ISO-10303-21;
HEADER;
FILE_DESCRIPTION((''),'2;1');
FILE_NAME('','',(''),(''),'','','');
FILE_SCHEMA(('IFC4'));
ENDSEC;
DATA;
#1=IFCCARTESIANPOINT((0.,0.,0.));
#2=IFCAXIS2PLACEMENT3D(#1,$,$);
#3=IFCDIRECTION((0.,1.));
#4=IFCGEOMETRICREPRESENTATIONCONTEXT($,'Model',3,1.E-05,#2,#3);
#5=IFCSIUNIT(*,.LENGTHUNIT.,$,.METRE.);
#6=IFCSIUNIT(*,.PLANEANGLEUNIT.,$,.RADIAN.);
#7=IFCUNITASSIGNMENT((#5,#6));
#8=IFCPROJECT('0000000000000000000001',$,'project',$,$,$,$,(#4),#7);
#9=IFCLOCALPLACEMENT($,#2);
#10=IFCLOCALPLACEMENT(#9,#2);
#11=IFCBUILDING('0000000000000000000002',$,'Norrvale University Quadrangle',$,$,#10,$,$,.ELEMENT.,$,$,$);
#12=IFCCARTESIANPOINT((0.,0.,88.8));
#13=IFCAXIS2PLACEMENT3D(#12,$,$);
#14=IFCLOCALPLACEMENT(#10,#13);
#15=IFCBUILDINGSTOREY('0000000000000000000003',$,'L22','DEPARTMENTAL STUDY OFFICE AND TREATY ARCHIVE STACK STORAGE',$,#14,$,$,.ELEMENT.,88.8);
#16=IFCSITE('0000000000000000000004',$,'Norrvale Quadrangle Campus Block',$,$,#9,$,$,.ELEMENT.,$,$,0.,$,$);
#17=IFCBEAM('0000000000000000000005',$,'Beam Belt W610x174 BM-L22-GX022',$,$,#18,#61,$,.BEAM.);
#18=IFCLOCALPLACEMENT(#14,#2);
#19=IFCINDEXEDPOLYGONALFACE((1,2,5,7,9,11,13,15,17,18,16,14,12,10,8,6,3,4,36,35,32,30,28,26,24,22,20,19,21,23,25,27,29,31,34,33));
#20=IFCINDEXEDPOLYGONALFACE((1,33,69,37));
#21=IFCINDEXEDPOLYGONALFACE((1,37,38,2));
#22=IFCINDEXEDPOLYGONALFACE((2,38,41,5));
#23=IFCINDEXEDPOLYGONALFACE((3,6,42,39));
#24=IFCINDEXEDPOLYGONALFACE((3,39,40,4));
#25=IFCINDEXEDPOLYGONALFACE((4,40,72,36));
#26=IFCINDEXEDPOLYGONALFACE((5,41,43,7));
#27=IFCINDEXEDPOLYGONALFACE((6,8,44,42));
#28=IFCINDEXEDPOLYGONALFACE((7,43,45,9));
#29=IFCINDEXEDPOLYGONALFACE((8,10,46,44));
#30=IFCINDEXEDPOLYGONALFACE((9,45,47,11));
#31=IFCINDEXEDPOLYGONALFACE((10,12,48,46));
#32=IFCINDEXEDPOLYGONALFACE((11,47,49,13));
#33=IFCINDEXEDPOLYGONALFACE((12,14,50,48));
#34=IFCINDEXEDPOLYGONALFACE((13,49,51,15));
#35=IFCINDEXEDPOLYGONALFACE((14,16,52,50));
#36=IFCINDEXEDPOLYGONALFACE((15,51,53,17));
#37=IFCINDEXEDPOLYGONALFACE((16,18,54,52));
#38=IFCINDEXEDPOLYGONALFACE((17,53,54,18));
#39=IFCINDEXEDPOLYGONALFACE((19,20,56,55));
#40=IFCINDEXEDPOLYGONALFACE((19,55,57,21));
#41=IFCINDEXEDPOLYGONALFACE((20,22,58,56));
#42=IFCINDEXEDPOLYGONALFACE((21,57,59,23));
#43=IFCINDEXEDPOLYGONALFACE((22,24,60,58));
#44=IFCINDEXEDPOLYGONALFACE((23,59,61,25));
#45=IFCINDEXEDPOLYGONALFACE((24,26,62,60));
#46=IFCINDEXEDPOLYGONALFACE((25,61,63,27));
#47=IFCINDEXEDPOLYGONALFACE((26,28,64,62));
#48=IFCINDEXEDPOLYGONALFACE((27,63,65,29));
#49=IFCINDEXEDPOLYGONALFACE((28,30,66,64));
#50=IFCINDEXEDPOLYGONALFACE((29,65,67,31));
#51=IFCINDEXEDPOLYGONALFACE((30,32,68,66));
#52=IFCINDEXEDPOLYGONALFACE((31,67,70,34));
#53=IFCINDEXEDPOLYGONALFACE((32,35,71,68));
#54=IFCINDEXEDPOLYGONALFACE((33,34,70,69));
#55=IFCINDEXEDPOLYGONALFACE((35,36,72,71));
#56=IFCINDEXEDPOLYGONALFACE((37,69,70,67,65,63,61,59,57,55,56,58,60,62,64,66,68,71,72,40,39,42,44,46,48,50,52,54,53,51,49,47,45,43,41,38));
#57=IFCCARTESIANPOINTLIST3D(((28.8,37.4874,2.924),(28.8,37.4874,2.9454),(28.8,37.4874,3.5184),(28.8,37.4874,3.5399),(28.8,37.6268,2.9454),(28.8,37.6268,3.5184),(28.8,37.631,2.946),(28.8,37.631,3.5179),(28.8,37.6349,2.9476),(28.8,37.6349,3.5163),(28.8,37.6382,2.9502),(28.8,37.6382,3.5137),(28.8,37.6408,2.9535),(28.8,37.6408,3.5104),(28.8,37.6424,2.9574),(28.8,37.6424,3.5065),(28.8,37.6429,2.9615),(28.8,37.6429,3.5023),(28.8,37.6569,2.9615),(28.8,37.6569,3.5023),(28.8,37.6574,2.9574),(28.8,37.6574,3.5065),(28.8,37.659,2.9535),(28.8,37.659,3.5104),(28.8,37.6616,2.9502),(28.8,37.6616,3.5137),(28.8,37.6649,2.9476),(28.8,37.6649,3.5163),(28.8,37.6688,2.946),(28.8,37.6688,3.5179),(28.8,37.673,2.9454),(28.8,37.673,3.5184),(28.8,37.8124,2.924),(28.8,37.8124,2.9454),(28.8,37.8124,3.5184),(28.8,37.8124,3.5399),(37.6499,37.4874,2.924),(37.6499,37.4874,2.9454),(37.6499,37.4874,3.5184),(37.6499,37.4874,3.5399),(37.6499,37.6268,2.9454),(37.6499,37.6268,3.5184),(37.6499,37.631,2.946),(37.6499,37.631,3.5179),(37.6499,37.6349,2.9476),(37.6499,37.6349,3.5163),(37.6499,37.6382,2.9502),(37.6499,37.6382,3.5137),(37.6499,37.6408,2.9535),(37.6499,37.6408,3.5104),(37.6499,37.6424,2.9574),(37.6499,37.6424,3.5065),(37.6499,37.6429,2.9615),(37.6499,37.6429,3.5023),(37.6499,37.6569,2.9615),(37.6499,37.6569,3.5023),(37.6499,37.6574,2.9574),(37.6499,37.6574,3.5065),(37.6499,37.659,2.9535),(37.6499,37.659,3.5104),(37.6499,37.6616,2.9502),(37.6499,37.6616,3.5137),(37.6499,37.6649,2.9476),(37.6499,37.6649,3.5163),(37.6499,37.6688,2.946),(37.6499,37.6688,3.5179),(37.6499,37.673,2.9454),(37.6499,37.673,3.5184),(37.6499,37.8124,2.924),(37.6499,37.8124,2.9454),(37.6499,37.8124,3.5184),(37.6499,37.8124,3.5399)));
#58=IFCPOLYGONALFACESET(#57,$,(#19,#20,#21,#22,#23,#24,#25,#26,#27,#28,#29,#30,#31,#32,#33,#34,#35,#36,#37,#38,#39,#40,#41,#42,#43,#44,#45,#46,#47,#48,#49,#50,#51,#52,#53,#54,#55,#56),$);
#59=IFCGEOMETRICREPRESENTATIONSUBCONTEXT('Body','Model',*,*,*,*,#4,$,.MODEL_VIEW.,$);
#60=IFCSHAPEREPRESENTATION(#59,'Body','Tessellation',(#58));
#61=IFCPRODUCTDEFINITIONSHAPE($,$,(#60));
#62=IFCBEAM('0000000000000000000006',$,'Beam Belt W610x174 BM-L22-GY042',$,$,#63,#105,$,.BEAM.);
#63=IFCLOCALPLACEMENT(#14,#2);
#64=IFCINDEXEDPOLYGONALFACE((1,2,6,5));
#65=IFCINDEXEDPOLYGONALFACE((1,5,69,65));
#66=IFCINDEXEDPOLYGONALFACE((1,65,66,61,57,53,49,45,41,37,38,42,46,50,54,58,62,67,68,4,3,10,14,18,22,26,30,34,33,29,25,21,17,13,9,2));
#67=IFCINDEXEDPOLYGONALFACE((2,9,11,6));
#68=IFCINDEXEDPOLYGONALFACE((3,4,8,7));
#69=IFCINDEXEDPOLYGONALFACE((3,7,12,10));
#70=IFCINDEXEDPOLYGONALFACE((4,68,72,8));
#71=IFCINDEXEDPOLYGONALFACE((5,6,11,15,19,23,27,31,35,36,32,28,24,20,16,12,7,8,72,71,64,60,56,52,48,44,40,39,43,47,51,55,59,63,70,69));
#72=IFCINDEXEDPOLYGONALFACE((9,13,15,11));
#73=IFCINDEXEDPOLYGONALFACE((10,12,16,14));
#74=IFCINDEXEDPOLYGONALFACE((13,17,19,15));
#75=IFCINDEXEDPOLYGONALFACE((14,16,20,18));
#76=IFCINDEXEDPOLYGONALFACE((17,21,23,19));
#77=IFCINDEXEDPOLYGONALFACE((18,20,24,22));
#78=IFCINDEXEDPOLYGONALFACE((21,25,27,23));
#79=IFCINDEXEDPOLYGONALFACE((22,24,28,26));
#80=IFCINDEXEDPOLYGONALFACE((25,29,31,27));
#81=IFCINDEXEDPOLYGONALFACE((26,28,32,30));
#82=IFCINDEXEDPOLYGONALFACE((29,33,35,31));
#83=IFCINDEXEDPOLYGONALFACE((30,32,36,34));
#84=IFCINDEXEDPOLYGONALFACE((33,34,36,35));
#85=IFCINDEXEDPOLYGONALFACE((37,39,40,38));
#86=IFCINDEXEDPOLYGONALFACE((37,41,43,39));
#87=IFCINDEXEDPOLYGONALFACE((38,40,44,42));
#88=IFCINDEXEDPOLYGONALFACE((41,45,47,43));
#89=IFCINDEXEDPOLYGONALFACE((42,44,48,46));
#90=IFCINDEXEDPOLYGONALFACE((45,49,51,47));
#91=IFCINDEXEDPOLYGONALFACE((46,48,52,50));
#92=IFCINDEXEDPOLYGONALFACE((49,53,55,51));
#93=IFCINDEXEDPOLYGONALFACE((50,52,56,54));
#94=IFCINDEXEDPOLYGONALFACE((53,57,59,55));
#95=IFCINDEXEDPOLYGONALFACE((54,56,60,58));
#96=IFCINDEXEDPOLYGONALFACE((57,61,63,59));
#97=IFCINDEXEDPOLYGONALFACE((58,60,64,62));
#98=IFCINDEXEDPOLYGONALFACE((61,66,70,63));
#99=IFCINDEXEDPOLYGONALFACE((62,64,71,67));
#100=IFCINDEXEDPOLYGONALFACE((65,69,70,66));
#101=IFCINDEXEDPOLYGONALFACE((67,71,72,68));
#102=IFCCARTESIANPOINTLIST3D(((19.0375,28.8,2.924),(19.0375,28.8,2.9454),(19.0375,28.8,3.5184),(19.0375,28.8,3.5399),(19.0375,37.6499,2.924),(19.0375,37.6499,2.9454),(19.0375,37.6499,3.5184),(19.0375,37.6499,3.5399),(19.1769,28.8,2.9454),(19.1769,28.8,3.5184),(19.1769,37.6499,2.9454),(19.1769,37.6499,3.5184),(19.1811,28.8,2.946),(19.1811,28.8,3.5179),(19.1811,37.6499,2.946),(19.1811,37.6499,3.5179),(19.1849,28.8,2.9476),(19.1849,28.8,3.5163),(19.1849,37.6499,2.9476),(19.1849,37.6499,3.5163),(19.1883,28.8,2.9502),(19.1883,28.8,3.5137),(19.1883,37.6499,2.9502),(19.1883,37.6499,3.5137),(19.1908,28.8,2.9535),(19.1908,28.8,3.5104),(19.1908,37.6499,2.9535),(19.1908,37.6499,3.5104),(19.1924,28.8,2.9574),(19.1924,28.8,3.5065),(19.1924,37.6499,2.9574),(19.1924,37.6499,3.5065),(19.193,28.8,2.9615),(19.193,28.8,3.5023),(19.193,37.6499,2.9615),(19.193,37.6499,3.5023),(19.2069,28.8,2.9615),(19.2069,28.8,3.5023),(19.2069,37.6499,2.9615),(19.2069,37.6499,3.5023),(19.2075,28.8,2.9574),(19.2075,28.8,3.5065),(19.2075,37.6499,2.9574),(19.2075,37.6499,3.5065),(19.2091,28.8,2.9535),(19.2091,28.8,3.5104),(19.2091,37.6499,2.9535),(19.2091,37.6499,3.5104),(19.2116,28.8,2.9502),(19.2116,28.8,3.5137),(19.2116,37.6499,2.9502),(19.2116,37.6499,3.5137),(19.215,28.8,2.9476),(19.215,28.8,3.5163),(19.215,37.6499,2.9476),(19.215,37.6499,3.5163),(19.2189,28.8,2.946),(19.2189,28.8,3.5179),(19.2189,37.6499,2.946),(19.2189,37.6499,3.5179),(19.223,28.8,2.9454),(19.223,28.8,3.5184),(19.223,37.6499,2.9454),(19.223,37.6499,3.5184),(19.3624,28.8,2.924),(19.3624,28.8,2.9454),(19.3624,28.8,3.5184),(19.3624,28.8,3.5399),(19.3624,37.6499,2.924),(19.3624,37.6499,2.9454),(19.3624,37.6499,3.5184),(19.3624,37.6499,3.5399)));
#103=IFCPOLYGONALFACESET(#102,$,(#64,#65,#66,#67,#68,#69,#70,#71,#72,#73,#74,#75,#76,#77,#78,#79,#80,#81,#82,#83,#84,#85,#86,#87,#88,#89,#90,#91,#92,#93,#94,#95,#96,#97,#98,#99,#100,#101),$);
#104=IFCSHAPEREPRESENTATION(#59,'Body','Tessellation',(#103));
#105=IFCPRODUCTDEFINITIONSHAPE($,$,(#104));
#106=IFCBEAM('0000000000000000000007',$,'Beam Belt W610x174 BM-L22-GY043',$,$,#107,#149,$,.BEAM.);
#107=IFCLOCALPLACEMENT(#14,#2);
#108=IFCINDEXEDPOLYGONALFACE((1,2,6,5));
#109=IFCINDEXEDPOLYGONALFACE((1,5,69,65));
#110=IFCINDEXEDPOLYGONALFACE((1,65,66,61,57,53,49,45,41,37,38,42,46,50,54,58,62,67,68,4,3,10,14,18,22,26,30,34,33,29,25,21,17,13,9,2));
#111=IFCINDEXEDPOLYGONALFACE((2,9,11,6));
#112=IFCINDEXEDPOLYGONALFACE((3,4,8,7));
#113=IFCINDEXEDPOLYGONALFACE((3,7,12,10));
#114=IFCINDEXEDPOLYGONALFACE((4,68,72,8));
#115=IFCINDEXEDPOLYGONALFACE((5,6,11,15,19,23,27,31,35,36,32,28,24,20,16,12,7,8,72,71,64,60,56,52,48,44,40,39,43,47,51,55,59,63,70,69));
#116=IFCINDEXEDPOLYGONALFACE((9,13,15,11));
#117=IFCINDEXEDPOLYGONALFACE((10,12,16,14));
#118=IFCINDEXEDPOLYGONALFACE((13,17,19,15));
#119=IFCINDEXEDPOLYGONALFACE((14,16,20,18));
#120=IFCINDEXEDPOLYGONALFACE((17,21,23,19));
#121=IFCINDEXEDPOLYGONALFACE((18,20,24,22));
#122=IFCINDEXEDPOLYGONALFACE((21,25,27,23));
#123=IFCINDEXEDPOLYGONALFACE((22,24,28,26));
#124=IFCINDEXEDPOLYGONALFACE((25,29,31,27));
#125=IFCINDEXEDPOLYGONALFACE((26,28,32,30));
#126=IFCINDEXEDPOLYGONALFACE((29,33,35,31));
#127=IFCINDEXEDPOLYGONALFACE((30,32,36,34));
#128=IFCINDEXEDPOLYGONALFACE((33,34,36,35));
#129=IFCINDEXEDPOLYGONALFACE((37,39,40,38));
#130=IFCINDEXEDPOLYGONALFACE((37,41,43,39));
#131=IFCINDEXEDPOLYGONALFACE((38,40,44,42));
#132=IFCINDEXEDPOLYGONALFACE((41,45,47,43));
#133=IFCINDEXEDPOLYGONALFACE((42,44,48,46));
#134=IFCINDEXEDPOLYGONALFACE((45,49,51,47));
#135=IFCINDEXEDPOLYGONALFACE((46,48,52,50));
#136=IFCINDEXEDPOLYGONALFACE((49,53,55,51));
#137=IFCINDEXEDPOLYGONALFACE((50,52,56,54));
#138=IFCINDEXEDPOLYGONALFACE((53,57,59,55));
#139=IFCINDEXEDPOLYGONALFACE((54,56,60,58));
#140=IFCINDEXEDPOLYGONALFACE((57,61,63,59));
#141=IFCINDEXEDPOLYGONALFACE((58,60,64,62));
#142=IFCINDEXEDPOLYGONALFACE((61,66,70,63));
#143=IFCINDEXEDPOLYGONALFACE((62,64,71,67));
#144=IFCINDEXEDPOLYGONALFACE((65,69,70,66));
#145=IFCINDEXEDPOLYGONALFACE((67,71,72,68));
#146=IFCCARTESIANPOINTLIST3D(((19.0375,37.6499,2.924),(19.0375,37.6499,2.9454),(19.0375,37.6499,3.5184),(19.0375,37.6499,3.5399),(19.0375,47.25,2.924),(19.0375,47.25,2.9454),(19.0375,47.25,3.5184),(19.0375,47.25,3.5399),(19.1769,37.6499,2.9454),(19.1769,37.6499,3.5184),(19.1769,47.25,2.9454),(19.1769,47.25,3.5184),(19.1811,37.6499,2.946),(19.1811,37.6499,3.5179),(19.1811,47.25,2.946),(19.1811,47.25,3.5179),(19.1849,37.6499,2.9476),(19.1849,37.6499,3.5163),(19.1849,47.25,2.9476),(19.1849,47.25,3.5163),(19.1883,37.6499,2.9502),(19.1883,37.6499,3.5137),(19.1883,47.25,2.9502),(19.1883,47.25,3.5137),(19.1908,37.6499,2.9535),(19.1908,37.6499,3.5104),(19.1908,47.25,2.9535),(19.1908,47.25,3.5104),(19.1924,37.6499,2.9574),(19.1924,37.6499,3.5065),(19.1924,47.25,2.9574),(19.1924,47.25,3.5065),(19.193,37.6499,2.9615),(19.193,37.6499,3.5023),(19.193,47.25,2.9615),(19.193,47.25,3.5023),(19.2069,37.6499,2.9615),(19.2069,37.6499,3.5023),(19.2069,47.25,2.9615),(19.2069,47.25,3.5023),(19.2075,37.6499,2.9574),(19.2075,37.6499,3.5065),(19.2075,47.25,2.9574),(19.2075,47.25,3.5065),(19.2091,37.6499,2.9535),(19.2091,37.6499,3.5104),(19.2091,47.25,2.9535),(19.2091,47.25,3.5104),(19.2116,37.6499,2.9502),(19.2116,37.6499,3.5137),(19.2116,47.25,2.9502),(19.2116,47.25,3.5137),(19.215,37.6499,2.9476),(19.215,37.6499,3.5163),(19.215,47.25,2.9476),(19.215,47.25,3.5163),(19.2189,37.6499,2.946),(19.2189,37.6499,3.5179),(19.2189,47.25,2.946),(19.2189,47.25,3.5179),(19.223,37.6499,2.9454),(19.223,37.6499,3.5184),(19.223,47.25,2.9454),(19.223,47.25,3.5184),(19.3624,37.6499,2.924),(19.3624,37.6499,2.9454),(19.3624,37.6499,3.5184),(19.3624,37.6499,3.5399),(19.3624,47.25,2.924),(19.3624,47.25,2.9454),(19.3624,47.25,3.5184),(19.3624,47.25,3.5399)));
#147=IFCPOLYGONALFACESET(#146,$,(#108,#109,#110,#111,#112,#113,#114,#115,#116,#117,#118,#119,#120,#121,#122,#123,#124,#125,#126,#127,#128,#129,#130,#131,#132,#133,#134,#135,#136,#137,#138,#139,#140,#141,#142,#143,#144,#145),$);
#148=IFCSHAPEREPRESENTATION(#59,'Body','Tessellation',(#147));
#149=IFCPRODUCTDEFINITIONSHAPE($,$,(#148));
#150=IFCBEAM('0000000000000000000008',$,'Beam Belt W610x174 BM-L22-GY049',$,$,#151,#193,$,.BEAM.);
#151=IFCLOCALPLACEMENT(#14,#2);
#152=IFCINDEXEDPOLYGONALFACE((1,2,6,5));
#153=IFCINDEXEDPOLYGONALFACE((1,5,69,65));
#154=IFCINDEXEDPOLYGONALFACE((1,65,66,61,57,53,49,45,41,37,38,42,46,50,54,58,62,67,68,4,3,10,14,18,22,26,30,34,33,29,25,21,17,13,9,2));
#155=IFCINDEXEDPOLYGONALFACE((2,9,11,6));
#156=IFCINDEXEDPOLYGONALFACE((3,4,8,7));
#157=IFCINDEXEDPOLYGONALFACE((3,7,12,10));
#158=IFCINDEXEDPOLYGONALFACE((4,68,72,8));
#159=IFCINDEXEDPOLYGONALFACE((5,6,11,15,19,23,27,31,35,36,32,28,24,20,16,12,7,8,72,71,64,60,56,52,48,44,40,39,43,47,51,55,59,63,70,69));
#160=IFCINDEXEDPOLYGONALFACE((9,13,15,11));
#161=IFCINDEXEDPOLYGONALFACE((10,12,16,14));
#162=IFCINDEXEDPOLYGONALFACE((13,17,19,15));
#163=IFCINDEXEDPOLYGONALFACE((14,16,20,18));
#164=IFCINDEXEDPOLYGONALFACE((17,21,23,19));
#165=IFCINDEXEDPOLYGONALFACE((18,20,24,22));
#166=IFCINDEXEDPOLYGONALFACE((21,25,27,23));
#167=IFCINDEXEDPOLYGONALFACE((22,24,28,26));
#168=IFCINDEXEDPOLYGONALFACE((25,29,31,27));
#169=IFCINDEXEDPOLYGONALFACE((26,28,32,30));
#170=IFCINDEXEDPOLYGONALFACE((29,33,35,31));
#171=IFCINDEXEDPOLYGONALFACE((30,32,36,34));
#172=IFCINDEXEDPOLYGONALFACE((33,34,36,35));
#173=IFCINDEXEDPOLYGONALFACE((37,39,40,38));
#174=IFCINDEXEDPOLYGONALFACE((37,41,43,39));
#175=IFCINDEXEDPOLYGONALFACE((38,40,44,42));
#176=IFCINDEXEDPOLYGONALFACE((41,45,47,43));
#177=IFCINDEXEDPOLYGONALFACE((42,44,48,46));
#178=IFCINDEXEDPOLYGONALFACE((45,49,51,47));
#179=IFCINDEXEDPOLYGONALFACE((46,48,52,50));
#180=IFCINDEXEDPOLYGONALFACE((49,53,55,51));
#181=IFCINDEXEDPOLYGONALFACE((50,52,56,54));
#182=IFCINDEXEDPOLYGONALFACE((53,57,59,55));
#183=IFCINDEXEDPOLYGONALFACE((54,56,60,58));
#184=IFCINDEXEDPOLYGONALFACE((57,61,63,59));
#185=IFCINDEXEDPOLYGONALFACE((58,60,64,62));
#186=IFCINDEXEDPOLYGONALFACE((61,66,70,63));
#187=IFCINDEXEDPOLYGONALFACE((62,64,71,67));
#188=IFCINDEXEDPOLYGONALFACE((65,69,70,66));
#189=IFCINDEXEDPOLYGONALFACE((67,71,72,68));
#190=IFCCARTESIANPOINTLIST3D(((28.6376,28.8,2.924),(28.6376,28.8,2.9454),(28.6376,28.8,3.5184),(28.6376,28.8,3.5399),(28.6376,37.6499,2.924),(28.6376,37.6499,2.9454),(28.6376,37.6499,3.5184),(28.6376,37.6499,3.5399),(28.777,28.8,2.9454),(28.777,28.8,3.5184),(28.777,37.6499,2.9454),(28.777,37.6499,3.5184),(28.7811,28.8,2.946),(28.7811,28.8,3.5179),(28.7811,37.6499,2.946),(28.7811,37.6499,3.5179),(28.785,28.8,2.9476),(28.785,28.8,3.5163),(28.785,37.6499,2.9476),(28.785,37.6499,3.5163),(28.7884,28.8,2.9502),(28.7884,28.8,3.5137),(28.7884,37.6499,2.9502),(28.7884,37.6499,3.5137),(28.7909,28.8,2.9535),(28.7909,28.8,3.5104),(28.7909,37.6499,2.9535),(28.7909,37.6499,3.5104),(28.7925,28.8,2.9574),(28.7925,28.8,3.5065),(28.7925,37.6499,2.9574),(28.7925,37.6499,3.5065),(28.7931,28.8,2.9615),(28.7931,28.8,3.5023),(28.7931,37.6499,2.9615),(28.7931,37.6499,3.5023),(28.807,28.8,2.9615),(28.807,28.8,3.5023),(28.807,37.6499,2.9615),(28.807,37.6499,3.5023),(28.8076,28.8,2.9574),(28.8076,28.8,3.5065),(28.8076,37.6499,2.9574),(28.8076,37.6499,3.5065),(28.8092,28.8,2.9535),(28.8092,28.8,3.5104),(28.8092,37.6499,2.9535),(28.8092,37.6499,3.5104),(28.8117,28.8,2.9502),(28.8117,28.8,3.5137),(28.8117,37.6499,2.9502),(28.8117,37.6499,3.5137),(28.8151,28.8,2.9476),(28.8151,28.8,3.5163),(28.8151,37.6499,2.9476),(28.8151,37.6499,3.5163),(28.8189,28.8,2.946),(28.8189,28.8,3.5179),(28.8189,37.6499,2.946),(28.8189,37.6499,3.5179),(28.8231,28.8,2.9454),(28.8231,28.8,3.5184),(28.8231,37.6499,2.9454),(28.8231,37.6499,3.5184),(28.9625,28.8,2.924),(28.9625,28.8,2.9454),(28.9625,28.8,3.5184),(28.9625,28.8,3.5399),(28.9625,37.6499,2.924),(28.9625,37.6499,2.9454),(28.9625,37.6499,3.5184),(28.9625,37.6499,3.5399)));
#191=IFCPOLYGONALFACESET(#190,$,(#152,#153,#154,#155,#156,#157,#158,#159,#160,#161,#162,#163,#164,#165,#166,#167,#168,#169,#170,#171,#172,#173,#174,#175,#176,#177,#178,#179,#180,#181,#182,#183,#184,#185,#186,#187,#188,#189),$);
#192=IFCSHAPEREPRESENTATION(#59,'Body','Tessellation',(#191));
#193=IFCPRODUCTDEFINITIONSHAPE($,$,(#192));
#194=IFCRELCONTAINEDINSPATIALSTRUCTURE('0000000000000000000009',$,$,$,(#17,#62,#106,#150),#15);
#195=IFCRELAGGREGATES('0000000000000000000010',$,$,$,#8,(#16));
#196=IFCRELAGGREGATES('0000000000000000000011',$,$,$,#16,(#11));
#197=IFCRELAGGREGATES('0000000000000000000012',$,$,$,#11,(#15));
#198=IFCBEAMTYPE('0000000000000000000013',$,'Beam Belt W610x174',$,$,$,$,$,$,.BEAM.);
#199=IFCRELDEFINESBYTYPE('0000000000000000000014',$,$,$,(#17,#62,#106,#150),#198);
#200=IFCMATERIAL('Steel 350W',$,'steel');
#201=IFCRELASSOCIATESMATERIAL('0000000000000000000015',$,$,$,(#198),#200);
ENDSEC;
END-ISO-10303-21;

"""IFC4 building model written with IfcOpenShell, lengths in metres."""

from ifc_helpers import new_model, si_unit, direction, frame, origin, origin_2d, place, context, subcontext, project, spatial, i_section, extrude, material, material_profile, profile_set, type_object, element, save


model = new_model("IFC4")

# Units and contexts
model_context = context("Model", 3, precision=1e-05, world=origin(), true_north=direction((0.0, 1.0)))
body_context = subcontext(model_context, "Body", "Model", "MODEL_VIEW")
ifc_project = project(units=[si_unit("LENGTHUNIT", "METRE"), si_unit("PLANEANGLEUNIT", "RADIAN")], contexts=[model_context])

# Site, building, storey
site_placement = place(None, origin())
site = spatial("IfcSite", under=ifc_project, at=site_placement, Name="Norrvale Quadrangle Campus Block", CompositionType="ELEMENT", RefElevation=0.0)
building_placement = place(site_placement, origin())
building = spatial("IfcBuilding", under=site, at=building_placement, Name="Norrvale University Quadrangle", CompositionType="ELEMENT")
storey_placement = place(building_placement, frame((0.0, 0.0, 88.8)))
storey = spatial("IfcBuildingStorey", under=building, at=storey_placement, Name="L22", Description="DEPARTMENTAL STUDY OFFICE AND TREATY ARCHIVE STACK STORAGE", CompositionType="ELEMENT", Elevation=88.8)

# Beams
ifc_material_1 = material(Name="Steel 350W", Category="steel")
ifc_material_profile_1 = material_profile(ifc_material_1, i_section(OverallWidth=0.325, OverallDepth=0.616, WebThickness=0.0139, FlangeThickness=0.0215, FilletRadius=0.0161, at=origin_2d()), Name="Steel 350W")
ifc_profile_set_1 = profile_set([ifc_material_profile_1], Name="Steel 350W")
beam_type_1 = type_object("IfcBeamType", Name="Beam Belt W610x174", PredefinedType="BEAM", material=ifc_profile_set_1)
for number, where, z_axis, x_axis, name in (
    (1, (28.8, 37.6499, 3.2319), (1.0, 0.0, 0.0), (0.0, 1.0, 0.0), "Beam Belt W610x174 BM-L22-GX022"),
    (2, (19.2, 28.8, 3.2319), (0.0, 1.0, 0.0), (-1.0, 0.0, 0.0), "Beam Belt W610x174 BM-L22-GY042"),
):
    element("IfcBeam", number, at=place(storey_placement, frame(where, z_axis=z_axis, x_axis=x_axis)), inside=storey, type_object=beam_type_1, Name=name, PredefinedType="BEAM", context=body_context, shape_type="SweptSolid", body=[
        extrude(i_section(OverallWidth=0.325, OverallDepth=0.616, WebThickness=0.0139, FlangeThickness=0.0215, FilletRadius=0.0161, at=origin_2d()), origin(), (0.0, 0.0, 1.0), 8.8499),
    ])
beam_1_placement = place(storey_placement, frame((19.2, 37.6499, 3.2319), z_axis=(0.0, 1.0, 0.0), x_axis=(-1.0, 0.0, 0.0)))
element("IfcBeam", 3, at=beam_1_placement, inside=storey, type_object=beam_type_1, Name="Beam Belt W610x174 BM-L22-GY043", PredefinedType="BEAM", context=body_context, shape_type="SweptSolid", body=[
    extrude(i_section(OverallWidth=0.325, OverallDepth=0.616, WebThickness=0.0139, FlangeThickness=0.0215, FilletRadius=0.0161, at=origin_2d()), origin(), (0.0, 0.0, 1.0), 9.6001),
])
beam_2_placement = place(storey_placement, frame((28.8, 28.8, 3.2319), z_axis=(0.0, 1.0, 0.0), x_axis=(-1.0, 0.0, 0.0)))
element("IfcBeam", 4, at=beam_2_placement, inside=storey, type_object=beam_type_1, Name="Beam Belt W610x174 BM-L22-GY049", PredefinedType="BEAM", context=body_context, shape_type="SweptSolid", body=[
    extrude(i_section(OverallWidth=0.325, OverallDepth=0.616, WebThickness=0.0139, FlangeThickness=0.0215, FilletRadius=0.0161, at=origin_2d()), origin(), (0.0, 0.0, 1.0), 8.8499),
])

save(model, "model.ifc")
